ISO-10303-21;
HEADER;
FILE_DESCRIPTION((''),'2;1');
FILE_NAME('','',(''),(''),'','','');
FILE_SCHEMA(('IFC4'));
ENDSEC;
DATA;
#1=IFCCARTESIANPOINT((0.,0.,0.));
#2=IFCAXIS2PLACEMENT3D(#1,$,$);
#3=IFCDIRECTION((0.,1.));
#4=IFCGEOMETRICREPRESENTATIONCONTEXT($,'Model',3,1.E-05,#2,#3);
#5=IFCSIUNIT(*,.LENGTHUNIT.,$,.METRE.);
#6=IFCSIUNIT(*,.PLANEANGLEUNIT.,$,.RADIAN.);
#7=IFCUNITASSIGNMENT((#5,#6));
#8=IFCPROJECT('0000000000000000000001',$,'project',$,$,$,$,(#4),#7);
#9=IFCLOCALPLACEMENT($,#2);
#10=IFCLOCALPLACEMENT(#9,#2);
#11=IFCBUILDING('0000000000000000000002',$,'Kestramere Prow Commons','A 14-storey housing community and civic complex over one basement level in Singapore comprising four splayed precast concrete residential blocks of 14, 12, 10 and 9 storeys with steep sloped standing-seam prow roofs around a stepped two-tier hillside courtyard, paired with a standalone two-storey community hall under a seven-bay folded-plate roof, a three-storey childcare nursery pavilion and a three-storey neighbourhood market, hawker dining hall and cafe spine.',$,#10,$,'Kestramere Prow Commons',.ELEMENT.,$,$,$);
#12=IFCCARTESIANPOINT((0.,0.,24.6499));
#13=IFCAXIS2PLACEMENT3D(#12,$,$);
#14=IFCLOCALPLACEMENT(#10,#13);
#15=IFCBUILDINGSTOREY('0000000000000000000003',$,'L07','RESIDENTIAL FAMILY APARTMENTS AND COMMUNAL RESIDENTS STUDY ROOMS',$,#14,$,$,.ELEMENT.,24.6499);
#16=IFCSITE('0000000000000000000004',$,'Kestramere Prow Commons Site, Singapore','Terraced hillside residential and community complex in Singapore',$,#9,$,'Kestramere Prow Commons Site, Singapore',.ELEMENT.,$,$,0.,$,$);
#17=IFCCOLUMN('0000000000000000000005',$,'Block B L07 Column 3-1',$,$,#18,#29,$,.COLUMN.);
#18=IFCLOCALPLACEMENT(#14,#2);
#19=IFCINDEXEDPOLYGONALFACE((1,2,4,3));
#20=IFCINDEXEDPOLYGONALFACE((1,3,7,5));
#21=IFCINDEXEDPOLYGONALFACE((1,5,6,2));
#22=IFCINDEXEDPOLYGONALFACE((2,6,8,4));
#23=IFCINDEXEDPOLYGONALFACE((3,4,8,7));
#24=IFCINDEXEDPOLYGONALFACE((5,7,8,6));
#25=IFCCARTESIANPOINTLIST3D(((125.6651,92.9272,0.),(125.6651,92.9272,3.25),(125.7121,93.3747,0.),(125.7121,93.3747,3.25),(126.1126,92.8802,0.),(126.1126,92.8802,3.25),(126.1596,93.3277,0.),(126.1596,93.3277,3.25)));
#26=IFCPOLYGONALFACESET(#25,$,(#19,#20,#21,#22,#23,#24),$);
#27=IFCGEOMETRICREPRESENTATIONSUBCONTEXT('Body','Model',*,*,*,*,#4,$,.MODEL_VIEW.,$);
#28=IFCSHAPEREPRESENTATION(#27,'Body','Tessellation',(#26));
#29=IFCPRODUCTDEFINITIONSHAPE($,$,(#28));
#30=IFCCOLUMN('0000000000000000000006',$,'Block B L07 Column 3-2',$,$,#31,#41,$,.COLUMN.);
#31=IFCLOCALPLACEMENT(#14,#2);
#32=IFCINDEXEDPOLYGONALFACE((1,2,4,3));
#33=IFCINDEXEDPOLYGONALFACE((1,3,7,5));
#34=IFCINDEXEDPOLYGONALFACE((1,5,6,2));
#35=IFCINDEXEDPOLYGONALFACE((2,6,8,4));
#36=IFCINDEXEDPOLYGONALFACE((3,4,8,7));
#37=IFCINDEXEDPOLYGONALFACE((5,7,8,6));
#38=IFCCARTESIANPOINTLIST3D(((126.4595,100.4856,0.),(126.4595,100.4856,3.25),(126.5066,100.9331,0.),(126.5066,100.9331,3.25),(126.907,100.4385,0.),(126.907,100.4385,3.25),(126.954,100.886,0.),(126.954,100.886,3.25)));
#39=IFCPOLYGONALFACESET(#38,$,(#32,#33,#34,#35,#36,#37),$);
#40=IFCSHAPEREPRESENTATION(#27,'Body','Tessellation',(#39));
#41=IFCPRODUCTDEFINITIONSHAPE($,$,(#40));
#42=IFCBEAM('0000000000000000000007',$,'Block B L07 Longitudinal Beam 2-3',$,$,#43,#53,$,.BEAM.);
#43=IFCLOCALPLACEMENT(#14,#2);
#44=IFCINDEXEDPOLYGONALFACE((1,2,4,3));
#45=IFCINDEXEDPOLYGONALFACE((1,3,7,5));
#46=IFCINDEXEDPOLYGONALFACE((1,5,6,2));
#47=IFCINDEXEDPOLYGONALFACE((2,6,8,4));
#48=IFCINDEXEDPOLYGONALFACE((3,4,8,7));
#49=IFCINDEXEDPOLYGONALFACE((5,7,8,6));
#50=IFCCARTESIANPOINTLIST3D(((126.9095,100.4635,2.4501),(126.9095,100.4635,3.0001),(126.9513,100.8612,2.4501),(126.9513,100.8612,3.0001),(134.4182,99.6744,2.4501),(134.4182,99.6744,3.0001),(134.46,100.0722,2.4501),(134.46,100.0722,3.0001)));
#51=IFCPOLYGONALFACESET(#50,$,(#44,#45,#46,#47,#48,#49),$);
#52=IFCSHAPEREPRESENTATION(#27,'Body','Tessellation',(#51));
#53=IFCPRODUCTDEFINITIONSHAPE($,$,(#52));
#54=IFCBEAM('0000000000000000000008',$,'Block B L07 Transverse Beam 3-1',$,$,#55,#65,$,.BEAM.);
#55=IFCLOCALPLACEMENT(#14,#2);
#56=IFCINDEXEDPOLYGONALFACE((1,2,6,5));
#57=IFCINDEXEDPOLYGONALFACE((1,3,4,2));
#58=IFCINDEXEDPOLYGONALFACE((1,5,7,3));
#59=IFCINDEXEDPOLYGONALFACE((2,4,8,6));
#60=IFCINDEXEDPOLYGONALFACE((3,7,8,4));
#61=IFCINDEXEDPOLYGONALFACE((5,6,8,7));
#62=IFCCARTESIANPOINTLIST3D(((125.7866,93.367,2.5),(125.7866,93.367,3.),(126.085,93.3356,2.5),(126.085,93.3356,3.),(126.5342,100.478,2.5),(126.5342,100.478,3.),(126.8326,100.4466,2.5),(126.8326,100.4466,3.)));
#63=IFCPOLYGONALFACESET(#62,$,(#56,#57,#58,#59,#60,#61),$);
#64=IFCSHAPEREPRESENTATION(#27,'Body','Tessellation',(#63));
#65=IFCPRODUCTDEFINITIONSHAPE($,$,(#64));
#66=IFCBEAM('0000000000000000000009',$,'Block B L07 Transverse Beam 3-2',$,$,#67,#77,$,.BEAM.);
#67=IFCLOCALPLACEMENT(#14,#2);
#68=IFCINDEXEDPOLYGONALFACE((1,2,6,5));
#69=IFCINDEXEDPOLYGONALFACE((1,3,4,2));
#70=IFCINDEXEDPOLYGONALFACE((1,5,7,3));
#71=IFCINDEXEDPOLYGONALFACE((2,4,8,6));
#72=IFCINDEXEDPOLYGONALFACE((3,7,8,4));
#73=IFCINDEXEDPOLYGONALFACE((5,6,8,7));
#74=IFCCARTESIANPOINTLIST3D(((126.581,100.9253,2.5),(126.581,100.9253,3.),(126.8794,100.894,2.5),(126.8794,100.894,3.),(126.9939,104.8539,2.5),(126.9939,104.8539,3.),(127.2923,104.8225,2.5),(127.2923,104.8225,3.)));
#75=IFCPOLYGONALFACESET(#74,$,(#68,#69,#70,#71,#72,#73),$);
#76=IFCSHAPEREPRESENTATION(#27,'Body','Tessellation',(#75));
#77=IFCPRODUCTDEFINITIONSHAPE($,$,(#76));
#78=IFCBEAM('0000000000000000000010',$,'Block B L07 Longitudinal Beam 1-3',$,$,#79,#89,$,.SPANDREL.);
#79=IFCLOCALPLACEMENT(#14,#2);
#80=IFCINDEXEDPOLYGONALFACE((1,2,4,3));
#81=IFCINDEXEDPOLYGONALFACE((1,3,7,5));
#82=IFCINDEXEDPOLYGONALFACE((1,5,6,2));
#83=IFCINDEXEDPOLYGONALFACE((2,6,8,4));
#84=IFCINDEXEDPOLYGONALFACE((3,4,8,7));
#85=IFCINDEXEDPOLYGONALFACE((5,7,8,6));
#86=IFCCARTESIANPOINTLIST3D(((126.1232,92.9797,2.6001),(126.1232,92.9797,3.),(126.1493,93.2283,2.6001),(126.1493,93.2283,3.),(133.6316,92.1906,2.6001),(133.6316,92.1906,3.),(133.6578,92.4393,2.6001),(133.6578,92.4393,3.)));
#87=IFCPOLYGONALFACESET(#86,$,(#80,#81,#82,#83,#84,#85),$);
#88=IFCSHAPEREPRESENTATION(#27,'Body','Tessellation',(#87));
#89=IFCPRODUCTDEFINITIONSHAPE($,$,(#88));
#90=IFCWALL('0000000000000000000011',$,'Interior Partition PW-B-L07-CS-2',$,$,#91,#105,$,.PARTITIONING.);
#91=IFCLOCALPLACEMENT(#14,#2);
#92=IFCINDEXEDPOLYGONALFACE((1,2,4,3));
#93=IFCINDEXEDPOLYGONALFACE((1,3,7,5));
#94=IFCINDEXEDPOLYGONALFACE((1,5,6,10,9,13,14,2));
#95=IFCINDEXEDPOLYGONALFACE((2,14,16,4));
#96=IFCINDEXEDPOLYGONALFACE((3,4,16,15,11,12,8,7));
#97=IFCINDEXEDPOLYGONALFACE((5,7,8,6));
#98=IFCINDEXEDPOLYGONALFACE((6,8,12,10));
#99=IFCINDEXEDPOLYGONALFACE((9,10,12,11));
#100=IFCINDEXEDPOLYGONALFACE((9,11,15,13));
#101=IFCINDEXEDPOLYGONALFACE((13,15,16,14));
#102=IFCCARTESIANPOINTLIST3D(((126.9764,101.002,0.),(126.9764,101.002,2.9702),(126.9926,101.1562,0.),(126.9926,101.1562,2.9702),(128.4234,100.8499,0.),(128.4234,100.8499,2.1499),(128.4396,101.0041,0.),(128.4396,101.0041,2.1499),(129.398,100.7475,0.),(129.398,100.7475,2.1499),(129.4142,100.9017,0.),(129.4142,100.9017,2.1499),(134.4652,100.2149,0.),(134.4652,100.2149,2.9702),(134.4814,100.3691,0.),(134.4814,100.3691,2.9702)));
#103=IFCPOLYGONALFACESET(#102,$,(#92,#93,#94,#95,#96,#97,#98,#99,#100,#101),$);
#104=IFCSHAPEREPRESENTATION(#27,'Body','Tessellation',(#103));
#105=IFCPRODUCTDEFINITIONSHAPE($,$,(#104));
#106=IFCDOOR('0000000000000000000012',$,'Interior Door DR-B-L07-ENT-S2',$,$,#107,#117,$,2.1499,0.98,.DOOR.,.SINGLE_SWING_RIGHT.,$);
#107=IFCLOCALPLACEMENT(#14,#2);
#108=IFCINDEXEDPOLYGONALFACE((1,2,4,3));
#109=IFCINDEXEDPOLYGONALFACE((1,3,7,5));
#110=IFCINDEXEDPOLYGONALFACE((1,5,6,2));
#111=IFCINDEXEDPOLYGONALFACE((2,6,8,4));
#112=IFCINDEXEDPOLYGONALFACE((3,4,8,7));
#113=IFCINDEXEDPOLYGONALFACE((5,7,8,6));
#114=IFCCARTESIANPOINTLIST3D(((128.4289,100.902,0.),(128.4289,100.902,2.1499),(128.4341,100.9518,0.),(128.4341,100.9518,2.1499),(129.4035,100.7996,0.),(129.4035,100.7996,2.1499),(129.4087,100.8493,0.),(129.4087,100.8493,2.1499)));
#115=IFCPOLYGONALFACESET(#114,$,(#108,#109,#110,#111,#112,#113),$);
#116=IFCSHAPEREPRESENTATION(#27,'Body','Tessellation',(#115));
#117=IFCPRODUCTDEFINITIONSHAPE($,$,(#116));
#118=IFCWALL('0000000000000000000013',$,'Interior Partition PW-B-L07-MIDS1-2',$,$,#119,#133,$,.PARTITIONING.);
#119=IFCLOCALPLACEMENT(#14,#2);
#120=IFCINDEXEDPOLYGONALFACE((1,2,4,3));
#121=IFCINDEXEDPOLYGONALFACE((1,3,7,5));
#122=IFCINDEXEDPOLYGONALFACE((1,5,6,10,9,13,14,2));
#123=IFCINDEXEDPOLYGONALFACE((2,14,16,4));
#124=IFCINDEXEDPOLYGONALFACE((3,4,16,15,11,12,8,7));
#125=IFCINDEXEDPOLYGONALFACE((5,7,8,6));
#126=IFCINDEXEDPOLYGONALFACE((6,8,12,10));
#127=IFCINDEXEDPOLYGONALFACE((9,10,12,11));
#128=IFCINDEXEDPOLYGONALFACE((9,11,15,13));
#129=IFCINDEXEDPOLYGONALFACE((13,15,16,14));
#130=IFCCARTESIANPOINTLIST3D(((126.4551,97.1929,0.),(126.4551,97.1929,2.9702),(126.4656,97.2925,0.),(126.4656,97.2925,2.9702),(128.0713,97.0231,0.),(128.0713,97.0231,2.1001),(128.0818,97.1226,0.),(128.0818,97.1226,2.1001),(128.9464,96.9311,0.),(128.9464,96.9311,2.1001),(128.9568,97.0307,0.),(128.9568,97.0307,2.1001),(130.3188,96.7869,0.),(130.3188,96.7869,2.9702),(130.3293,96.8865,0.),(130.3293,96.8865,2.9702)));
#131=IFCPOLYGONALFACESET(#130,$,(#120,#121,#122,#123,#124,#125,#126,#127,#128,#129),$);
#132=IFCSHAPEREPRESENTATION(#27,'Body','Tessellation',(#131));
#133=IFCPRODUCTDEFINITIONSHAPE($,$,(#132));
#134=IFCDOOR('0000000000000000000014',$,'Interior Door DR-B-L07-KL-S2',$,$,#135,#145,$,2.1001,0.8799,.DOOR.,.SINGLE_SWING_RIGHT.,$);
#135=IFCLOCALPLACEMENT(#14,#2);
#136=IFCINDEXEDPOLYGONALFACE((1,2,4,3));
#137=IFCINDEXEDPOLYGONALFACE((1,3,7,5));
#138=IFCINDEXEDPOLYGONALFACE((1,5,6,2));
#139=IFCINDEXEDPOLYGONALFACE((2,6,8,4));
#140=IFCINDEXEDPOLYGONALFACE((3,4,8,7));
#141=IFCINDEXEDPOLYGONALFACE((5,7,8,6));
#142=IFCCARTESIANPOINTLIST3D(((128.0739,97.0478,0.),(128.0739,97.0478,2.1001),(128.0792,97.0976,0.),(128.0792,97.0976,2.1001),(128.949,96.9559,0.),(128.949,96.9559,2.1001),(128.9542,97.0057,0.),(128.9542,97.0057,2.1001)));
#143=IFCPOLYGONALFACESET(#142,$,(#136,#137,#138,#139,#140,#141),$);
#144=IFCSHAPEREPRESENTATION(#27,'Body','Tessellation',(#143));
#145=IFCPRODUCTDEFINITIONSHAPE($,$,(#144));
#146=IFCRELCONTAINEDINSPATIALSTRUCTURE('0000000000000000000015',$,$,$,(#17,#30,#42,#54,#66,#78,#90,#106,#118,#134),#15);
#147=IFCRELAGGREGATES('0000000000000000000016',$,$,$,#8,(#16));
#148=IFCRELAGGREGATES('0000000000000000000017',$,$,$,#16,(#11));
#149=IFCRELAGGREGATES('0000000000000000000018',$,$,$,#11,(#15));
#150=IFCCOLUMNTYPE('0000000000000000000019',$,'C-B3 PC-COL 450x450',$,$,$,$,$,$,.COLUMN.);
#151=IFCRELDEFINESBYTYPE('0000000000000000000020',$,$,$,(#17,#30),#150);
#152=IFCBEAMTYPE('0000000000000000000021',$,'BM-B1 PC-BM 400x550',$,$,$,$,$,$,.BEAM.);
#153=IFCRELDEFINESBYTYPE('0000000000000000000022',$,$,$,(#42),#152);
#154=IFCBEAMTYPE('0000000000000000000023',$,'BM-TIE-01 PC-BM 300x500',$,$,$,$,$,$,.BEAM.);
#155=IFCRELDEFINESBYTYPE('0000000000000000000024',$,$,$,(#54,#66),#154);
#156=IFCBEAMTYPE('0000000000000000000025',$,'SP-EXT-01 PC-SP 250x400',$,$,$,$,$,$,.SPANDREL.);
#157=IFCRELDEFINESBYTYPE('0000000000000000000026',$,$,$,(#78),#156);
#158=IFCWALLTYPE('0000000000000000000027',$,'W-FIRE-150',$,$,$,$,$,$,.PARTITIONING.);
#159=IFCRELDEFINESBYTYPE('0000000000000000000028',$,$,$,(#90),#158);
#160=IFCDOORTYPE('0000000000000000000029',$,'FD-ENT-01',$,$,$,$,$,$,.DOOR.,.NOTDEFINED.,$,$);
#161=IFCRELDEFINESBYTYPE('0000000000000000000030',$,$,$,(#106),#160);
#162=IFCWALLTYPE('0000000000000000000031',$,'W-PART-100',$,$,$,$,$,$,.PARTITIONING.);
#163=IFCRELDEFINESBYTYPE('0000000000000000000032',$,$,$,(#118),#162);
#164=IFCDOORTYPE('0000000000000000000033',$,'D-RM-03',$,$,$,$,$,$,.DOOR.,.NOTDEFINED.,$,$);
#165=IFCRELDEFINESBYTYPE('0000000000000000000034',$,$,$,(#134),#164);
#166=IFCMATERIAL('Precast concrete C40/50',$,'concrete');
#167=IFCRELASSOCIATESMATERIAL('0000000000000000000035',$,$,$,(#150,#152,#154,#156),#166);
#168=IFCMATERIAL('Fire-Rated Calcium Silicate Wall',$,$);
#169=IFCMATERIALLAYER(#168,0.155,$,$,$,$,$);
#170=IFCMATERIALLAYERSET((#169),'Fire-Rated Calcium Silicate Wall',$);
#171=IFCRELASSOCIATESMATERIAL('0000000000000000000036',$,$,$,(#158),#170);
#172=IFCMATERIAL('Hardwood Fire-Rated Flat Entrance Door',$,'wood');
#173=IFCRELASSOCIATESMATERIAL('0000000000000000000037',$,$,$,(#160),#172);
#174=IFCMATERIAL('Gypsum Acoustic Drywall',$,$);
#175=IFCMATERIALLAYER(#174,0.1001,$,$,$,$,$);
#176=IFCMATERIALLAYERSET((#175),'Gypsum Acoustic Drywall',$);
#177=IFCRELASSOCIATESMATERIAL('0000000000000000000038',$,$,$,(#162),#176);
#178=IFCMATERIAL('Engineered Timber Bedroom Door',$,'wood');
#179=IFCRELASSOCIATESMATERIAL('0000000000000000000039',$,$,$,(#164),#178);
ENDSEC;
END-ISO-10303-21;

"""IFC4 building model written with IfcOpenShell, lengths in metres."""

from ifc_helpers import new_model, si_unit, direction, frame, frame_2d, origin, origin_2d, place, context, subcontext, project, spatial, rectangle, extrude, material, layer, layer_set, material_profile, profile_set, type_object, element, fill, save


model = new_model("IFC4")

# Units and contexts
model_context = context("Model", 3, precision=1e-05, world=origin(), true_north=direction((0.0, 1.0)))
body_context = subcontext(model_context, "Body", "Model", "MODEL_VIEW")
ifc_project = project(units=[si_unit("LENGTHUNIT", "METRE"), si_unit("PLANEANGLEUNIT", "RADIAN")], contexts=[model_context])

# Site, building, storey
site_placement = place(None, origin())
site = spatial("IfcSite", under=ifc_project, at=site_placement, Name="Kestramere Prow Commons Site, Singapore", Description="Terraced hillside residential and community complex in Singapore", LongName="Kestramere Prow Commons Site, Singapore", CompositionType="ELEMENT", RefElevation=0.0)
building_placement = place(site_placement, origin())
building = spatial("IfcBuilding", under=site, at=building_placement, Name="Kestramere Prow Commons", Description="A 14-storey housing community and civic complex over one basement level in Singapore comprising four splayed precast concrete residential blocks of 14, 12, 10 and 9 storeys with steep sloped standing-seam prow roofs around a stepped two-tier hillside courtyard, paired with a standalone two-storey community hall under a seven-bay folded-plate roof, a three-storey childcare nursery pavilion and a three-storey neighbourhood market, hawker dining hall and cafe spine.", LongName="Kestramere Prow Commons", CompositionType="ELEMENT")
storey_placement = place(building_placement, frame((0.0, 0.0, 24.6499)))
storey = spatial("IfcBuildingStorey", under=building, at=storey_placement, Name="L07", Description="RESIDENTIAL FAMILY APARTMENTS AND COMMUNAL RESIDENTS STUDY ROOMS", CompositionType="ELEMENT", Elevation=24.6499)

# Columns
ifc_material_1 = material(Name="Precast concrete C40/50", Category="concrete")
ifc_material_profile_1 = material_profile(ifc_material_1, rectangle(XDim=0.45, YDim=0.45, at=origin_2d()), Name="PC-COL 450x450")
ifc_profile_set_1 = profile_set([ifc_material_profile_1], Name="Precast concrete C40/50")
column_type = type_object("IfcColumnType", Name="C-B3 PC-COL 450x450", PredefinedType="COLUMN", material=ifc_profile_set_1)
for number, where, z_axis, x_axis, name in (
    (1, (125.9124, 93.1274, 0.0), (0.0, 0.0, 1.0), (0.994522, -0.104528, 0.0), "Block B L07 Column 3-1"),
    (2, (126.7068, 100.6858, 0.0), (0.0, 0.0, 1.0), (0.994522, -0.104528, 0.0), "Block B L07 Column 3-2"),
):
    element("IfcColumn", number, at=place(storey_placement, frame(where, z_axis=z_axis, x_axis=x_axis)), inside=storey, type_object=column_type, Name=name, PredefinedType="COLUMN", context=body_context, shape_type="SweptSolid", body=[
        extrude(rectangle(XDim=0.45, YDim=0.45, at=origin_2d()), origin(), (0.0, 0.0, 1.0), 3.25),
    ])

# Beams
ifc_material_profile_2 = material_profile(ifc_material_1, rectangle(XDim=0.3999, YDim=0.55, at=origin_2d()), Name="PC-BM 400x550")
ifc_profile_set_2 = profile_set([ifc_material_profile_2], Name="Precast concrete C40/50")
beam_type_1 = type_object("IfcBeamType", Name="BM-B1 PC-BM 400x550", PredefinedType="BEAM", material=ifc_profile_set_2)
beam_1_placement = place(storey_placement, frame((126.9304, 100.6624, 2.7251), z_axis=(0.994524, -0.10451, 0.0), x_axis=(0.10451, 0.994524, 0.0)))
element("IfcBeam", 3, at=beam_1_placement, inside=storey, type_object=beam_type_1, Name="Block B L07 Longitudinal Beam 2-3", PredefinedType="BEAM", context=body_context, shape_type="SweptSolid", body=[
    extrude(rectangle(XDim=0.3999, YDim=0.55, at=origin_2d()), origin(), (0.0, 0.0, 1.0), 7.55),
])
ifc_material_profile_3 = material_profile(ifc_material_1, rectangle(XDim=0.3, YDim=0.5, at=origin_2d()), Name="PC-BM 300x500")
ifc_profile_set_3 = profile_set([ifc_material_profile_3], Name="Precast concrete C40/50")
beam_type_2 = type_object("IfcBeamType", Name="BM-TIE-01 PC-BM 300x500", PredefinedType="BEAM", material=ifc_profile_set_3)
beam_2_placement = place(storey_placement, frame((125.9358, 93.3513, 2.75), z_axis=(0.104553, 0.994519, 0.0), x_axis=(-0.994519, 0.104553, 0.0)))
element("IfcBeam", 4, at=beam_2_placement, inside=storey, type_object=beam_type_2, Name="Block B L07 Transverse Beam 3-1", PredefinedType="BEAM", context=body_context, shape_type="SweptSolid", body=[
    extrude(rectangle(XDim=0.3, YDim=0.5, at=origin_2d()), origin(), (0.0, 0.0, 1.0), 7.1501),
])
beam_3_placement = place(storey_placement, frame((126.7302, 100.9097, 2.75), z_axis=(0.104514, 0.994523, 0.0), x_axis=(-0.994523, 0.104514, 0.0)))
element("IfcBeam", 5, at=beam_3_placement, inside=storey, type_object=beam_type_2, Name="Block B L07 Transverse Beam 3-2", PredefinedType="BEAM", context=body_context, shape_type="SweptSolid", body=[
    extrude(rectangle(XDim=0.3, YDim=0.5, at=origin_2d()), origin(), (0.0, 0.0, 1.0), 3.9502),
])
ifc_material_profile_4 = material_profile(ifc_material_1, rectangle(XDim=0.25, YDim=0.3999, at=origin_2d()), Name="PC-SP 250x400")
ifc_profile_set_4 = profile_set([ifc_material_profile_4], Name="Precast concrete C40/50")
beam_type_3 = type_object("IfcBeamType", Name="SP-EXT-01 PC-SP 250x400", PredefinedType="SPANDREL", material=ifc_profile_set_4)
beam_4_placement = place(storey_placement, frame((126.1362, 93.104, 2.8), z_axis=(0.994524, -0.104513, 0.0), x_axis=(0.104513, 0.994524, 0.0)))
element("IfcBeam", 6, at=beam_4_placement, inside=storey, type_object=beam_type_3, Name="Block B L07 Longitudinal Beam 1-3", PredefinedType="SPANDREL", context=body_context, shape_type="SweptSolid", body=[
    extrude(rectangle(XDim=0.25, YDim=0.3999, at=origin_2d()), origin(), (0.0, 0.0, 1.0), 7.5498),
])

# Walls, openings, doors
ifc_material_2 = material(Name="Fire-Rated Calcium Silicate Wall")
ifc_layer_1 = layer(ifc_material_2, 0.155)
ifc_layer_set_1 = layer_set([ifc_layer_1], Name="Fire-Rated Calcium Silicate Wall")
wall_type_1 = type_object("IfcWallType", Name="W-FIRE-150", PredefinedType="PARTITIONING", material=ifc_layer_set_1)
wall_1_placement = place(storey_placement, frame((126.9844, 101.0791, 0.0), z_axis=(0.0, 0.0, 1.0), x_axis=(0.994522, -0.10453, 0.0)))
wall_1 = element("IfcWall", 7, at=wall_1_placement, inside=storey, type_object=wall_type_1, Name="Interior Partition PW-B-L07-CS-2", PredefinedType="PARTITIONING", context=body_context, shape_type="SweptSolid", body=[
    extrude(rectangle(XDim=7.53, YDim=0.155, at=frame_2d((3.7651, 0.0))), origin(), (0.0, 0.0, 1.0), 2.9702),
])
opening_1_placement = place(wall_1_placement, frame((1.4551, 0.0, 0.0)))
opening_1 = element("IfcOpeningElement", 8, at=opening_1_placement, cuts=wall_1, PredefinedType="OPENING", context=body_context, shape_type="SweptSolid", body=[
    extrude(rectangle(XDim=0.98, YDim=2.1499, at=frame_2d((0.49, 1.075))), frame((0.0, 0.0925, 0.0), z_axis=(0.0, -1.0, 0.0), x_axis=(1.0, 0.0, 0.0)), (0.0, 0.0, 1.0), 0.1851),
])
ifc_material_3 = material(Name="Hardwood Fire-Rated Flat Entrance Door", Category="wood")
door_type_1 = type_object("IfcDoorType", Name="FD-ENT-01", OperationType="NOTDEFINED", PredefinedType="DOOR", material=ifc_material_3)
door_1_placement = place(opening_1_placement, origin())
door_1 = element("IfcDoor", 9, at=door_1_placement, inside=storey, type_object=door_type_1, Name="Interior Door DR-B-L07-ENT-S2", OperationType="SINGLE_SWING_RIGHT", OverallHeight=2.1499, OverallWidth=0.98, PredefinedType="DOOR", context=body_context, shape_type="SweptSolid", body=[
    extrude(rectangle(XDim=0.98, YDim=2.1499, at=frame_2d((0.49, 1.075))), frame((0.0, 0.0249, 0.0), z_axis=(0.0, -1.0, 0.0), x_axis=(1.0, 0.0, 0.0)), (0.0, 0.0, 1.0), 0.05),
])
fill(opening_1, door_1)
ifc_material_4 = material(Name="Gypsum Acoustic Drywall")
ifc_layer_2 = layer(ifc_material_4, 0.1001)
ifc_layer_set_2 = layer_set([ifc_layer_2], Name="Gypsum Acoustic Drywall")
wall_type_2 = type_object("IfcWallType", Name="W-PART-100", PredefinedType="PARTITIONING", material=ifc_layer_set_2)
wall_2_placement = place(storey_placement, frame((126.4604, 97.2427, 0.0), z_axis=(0.0, 0.0, 1.0), x_axis=(0.994524, -0.104505, 0.0)))
wall_2 = element("IfcWall", 10, at=wall_2_placement, inside=storey, type_object=wall_type_2, Name="Interior Partition PW-B-L07-MIDS1-2", PredefinedType="PARTITIONING", context=body_context, shape_type="SweptSolid", body=[
    extrude(rectangle(XDim=3.885, YDim=0.1001, at=frame_2d((1.9424, 0.0))), origin(), (0.0, 0.0, 1.0), 2.9702),
])
opening_2_placement = place(wall_2_placement, frame((1.625, 0.0, 0.0)))
opening_2 = element("IfcOpeningElement", 11, at=opening_2_placement, cuts=wall_2, PredefinedType="OPENING", context=body_context, shape_type="SweptSolid", body=[
    extrude(rectangle(XDim=0.8799, YDim=2.1001, at=frame_2d((0.4399, 1.05))), frame((0.0, 0.0649, 0.0), z_axis=(0.0, -1.0, 0.0), x_axis=(1.0, 0.0, 0.0)), (0.0, 0.0, 1.0), 0.1301),
])
ifc_material_5 = material(Name="Engineered Timber Bedroom Door", Category="wood")
door_type_2 = type_object("IfcDoorType", Name="D-RM-03", OperationType="NOTDEFINED", PredefinedType="DOOR", material=ifc_material_5)
door_2_placement = place(opening_2_placement, origin())
door_2 = element("IfcDoor", 12, at=door_2_placement, inside=storey, type_object=door_type_2, Name="Interior Door DR-B-L07-KL-S2", OperationType="SINGLE_SWING_RIGHT", OverallHeight=2.1001, OverallWidth=0.8799, PredefinedType="DOOR", context=body_context, shape_type="SweptSolid", body=[
    extrude(rectangle(XDim=0.8799, YDim=2.1001, at=frame_2d((0.4399, 1.05))), frame((0.0, 0.0249, 0.0), z_axis=(0.0, -1.0, 0.0), x_axis=(1.0, 0.0, 0.0)), (0.0, 0.0, 1.0), 0.05),
])
fill(opening_2, door_2)

save(model, "model.ifc")
